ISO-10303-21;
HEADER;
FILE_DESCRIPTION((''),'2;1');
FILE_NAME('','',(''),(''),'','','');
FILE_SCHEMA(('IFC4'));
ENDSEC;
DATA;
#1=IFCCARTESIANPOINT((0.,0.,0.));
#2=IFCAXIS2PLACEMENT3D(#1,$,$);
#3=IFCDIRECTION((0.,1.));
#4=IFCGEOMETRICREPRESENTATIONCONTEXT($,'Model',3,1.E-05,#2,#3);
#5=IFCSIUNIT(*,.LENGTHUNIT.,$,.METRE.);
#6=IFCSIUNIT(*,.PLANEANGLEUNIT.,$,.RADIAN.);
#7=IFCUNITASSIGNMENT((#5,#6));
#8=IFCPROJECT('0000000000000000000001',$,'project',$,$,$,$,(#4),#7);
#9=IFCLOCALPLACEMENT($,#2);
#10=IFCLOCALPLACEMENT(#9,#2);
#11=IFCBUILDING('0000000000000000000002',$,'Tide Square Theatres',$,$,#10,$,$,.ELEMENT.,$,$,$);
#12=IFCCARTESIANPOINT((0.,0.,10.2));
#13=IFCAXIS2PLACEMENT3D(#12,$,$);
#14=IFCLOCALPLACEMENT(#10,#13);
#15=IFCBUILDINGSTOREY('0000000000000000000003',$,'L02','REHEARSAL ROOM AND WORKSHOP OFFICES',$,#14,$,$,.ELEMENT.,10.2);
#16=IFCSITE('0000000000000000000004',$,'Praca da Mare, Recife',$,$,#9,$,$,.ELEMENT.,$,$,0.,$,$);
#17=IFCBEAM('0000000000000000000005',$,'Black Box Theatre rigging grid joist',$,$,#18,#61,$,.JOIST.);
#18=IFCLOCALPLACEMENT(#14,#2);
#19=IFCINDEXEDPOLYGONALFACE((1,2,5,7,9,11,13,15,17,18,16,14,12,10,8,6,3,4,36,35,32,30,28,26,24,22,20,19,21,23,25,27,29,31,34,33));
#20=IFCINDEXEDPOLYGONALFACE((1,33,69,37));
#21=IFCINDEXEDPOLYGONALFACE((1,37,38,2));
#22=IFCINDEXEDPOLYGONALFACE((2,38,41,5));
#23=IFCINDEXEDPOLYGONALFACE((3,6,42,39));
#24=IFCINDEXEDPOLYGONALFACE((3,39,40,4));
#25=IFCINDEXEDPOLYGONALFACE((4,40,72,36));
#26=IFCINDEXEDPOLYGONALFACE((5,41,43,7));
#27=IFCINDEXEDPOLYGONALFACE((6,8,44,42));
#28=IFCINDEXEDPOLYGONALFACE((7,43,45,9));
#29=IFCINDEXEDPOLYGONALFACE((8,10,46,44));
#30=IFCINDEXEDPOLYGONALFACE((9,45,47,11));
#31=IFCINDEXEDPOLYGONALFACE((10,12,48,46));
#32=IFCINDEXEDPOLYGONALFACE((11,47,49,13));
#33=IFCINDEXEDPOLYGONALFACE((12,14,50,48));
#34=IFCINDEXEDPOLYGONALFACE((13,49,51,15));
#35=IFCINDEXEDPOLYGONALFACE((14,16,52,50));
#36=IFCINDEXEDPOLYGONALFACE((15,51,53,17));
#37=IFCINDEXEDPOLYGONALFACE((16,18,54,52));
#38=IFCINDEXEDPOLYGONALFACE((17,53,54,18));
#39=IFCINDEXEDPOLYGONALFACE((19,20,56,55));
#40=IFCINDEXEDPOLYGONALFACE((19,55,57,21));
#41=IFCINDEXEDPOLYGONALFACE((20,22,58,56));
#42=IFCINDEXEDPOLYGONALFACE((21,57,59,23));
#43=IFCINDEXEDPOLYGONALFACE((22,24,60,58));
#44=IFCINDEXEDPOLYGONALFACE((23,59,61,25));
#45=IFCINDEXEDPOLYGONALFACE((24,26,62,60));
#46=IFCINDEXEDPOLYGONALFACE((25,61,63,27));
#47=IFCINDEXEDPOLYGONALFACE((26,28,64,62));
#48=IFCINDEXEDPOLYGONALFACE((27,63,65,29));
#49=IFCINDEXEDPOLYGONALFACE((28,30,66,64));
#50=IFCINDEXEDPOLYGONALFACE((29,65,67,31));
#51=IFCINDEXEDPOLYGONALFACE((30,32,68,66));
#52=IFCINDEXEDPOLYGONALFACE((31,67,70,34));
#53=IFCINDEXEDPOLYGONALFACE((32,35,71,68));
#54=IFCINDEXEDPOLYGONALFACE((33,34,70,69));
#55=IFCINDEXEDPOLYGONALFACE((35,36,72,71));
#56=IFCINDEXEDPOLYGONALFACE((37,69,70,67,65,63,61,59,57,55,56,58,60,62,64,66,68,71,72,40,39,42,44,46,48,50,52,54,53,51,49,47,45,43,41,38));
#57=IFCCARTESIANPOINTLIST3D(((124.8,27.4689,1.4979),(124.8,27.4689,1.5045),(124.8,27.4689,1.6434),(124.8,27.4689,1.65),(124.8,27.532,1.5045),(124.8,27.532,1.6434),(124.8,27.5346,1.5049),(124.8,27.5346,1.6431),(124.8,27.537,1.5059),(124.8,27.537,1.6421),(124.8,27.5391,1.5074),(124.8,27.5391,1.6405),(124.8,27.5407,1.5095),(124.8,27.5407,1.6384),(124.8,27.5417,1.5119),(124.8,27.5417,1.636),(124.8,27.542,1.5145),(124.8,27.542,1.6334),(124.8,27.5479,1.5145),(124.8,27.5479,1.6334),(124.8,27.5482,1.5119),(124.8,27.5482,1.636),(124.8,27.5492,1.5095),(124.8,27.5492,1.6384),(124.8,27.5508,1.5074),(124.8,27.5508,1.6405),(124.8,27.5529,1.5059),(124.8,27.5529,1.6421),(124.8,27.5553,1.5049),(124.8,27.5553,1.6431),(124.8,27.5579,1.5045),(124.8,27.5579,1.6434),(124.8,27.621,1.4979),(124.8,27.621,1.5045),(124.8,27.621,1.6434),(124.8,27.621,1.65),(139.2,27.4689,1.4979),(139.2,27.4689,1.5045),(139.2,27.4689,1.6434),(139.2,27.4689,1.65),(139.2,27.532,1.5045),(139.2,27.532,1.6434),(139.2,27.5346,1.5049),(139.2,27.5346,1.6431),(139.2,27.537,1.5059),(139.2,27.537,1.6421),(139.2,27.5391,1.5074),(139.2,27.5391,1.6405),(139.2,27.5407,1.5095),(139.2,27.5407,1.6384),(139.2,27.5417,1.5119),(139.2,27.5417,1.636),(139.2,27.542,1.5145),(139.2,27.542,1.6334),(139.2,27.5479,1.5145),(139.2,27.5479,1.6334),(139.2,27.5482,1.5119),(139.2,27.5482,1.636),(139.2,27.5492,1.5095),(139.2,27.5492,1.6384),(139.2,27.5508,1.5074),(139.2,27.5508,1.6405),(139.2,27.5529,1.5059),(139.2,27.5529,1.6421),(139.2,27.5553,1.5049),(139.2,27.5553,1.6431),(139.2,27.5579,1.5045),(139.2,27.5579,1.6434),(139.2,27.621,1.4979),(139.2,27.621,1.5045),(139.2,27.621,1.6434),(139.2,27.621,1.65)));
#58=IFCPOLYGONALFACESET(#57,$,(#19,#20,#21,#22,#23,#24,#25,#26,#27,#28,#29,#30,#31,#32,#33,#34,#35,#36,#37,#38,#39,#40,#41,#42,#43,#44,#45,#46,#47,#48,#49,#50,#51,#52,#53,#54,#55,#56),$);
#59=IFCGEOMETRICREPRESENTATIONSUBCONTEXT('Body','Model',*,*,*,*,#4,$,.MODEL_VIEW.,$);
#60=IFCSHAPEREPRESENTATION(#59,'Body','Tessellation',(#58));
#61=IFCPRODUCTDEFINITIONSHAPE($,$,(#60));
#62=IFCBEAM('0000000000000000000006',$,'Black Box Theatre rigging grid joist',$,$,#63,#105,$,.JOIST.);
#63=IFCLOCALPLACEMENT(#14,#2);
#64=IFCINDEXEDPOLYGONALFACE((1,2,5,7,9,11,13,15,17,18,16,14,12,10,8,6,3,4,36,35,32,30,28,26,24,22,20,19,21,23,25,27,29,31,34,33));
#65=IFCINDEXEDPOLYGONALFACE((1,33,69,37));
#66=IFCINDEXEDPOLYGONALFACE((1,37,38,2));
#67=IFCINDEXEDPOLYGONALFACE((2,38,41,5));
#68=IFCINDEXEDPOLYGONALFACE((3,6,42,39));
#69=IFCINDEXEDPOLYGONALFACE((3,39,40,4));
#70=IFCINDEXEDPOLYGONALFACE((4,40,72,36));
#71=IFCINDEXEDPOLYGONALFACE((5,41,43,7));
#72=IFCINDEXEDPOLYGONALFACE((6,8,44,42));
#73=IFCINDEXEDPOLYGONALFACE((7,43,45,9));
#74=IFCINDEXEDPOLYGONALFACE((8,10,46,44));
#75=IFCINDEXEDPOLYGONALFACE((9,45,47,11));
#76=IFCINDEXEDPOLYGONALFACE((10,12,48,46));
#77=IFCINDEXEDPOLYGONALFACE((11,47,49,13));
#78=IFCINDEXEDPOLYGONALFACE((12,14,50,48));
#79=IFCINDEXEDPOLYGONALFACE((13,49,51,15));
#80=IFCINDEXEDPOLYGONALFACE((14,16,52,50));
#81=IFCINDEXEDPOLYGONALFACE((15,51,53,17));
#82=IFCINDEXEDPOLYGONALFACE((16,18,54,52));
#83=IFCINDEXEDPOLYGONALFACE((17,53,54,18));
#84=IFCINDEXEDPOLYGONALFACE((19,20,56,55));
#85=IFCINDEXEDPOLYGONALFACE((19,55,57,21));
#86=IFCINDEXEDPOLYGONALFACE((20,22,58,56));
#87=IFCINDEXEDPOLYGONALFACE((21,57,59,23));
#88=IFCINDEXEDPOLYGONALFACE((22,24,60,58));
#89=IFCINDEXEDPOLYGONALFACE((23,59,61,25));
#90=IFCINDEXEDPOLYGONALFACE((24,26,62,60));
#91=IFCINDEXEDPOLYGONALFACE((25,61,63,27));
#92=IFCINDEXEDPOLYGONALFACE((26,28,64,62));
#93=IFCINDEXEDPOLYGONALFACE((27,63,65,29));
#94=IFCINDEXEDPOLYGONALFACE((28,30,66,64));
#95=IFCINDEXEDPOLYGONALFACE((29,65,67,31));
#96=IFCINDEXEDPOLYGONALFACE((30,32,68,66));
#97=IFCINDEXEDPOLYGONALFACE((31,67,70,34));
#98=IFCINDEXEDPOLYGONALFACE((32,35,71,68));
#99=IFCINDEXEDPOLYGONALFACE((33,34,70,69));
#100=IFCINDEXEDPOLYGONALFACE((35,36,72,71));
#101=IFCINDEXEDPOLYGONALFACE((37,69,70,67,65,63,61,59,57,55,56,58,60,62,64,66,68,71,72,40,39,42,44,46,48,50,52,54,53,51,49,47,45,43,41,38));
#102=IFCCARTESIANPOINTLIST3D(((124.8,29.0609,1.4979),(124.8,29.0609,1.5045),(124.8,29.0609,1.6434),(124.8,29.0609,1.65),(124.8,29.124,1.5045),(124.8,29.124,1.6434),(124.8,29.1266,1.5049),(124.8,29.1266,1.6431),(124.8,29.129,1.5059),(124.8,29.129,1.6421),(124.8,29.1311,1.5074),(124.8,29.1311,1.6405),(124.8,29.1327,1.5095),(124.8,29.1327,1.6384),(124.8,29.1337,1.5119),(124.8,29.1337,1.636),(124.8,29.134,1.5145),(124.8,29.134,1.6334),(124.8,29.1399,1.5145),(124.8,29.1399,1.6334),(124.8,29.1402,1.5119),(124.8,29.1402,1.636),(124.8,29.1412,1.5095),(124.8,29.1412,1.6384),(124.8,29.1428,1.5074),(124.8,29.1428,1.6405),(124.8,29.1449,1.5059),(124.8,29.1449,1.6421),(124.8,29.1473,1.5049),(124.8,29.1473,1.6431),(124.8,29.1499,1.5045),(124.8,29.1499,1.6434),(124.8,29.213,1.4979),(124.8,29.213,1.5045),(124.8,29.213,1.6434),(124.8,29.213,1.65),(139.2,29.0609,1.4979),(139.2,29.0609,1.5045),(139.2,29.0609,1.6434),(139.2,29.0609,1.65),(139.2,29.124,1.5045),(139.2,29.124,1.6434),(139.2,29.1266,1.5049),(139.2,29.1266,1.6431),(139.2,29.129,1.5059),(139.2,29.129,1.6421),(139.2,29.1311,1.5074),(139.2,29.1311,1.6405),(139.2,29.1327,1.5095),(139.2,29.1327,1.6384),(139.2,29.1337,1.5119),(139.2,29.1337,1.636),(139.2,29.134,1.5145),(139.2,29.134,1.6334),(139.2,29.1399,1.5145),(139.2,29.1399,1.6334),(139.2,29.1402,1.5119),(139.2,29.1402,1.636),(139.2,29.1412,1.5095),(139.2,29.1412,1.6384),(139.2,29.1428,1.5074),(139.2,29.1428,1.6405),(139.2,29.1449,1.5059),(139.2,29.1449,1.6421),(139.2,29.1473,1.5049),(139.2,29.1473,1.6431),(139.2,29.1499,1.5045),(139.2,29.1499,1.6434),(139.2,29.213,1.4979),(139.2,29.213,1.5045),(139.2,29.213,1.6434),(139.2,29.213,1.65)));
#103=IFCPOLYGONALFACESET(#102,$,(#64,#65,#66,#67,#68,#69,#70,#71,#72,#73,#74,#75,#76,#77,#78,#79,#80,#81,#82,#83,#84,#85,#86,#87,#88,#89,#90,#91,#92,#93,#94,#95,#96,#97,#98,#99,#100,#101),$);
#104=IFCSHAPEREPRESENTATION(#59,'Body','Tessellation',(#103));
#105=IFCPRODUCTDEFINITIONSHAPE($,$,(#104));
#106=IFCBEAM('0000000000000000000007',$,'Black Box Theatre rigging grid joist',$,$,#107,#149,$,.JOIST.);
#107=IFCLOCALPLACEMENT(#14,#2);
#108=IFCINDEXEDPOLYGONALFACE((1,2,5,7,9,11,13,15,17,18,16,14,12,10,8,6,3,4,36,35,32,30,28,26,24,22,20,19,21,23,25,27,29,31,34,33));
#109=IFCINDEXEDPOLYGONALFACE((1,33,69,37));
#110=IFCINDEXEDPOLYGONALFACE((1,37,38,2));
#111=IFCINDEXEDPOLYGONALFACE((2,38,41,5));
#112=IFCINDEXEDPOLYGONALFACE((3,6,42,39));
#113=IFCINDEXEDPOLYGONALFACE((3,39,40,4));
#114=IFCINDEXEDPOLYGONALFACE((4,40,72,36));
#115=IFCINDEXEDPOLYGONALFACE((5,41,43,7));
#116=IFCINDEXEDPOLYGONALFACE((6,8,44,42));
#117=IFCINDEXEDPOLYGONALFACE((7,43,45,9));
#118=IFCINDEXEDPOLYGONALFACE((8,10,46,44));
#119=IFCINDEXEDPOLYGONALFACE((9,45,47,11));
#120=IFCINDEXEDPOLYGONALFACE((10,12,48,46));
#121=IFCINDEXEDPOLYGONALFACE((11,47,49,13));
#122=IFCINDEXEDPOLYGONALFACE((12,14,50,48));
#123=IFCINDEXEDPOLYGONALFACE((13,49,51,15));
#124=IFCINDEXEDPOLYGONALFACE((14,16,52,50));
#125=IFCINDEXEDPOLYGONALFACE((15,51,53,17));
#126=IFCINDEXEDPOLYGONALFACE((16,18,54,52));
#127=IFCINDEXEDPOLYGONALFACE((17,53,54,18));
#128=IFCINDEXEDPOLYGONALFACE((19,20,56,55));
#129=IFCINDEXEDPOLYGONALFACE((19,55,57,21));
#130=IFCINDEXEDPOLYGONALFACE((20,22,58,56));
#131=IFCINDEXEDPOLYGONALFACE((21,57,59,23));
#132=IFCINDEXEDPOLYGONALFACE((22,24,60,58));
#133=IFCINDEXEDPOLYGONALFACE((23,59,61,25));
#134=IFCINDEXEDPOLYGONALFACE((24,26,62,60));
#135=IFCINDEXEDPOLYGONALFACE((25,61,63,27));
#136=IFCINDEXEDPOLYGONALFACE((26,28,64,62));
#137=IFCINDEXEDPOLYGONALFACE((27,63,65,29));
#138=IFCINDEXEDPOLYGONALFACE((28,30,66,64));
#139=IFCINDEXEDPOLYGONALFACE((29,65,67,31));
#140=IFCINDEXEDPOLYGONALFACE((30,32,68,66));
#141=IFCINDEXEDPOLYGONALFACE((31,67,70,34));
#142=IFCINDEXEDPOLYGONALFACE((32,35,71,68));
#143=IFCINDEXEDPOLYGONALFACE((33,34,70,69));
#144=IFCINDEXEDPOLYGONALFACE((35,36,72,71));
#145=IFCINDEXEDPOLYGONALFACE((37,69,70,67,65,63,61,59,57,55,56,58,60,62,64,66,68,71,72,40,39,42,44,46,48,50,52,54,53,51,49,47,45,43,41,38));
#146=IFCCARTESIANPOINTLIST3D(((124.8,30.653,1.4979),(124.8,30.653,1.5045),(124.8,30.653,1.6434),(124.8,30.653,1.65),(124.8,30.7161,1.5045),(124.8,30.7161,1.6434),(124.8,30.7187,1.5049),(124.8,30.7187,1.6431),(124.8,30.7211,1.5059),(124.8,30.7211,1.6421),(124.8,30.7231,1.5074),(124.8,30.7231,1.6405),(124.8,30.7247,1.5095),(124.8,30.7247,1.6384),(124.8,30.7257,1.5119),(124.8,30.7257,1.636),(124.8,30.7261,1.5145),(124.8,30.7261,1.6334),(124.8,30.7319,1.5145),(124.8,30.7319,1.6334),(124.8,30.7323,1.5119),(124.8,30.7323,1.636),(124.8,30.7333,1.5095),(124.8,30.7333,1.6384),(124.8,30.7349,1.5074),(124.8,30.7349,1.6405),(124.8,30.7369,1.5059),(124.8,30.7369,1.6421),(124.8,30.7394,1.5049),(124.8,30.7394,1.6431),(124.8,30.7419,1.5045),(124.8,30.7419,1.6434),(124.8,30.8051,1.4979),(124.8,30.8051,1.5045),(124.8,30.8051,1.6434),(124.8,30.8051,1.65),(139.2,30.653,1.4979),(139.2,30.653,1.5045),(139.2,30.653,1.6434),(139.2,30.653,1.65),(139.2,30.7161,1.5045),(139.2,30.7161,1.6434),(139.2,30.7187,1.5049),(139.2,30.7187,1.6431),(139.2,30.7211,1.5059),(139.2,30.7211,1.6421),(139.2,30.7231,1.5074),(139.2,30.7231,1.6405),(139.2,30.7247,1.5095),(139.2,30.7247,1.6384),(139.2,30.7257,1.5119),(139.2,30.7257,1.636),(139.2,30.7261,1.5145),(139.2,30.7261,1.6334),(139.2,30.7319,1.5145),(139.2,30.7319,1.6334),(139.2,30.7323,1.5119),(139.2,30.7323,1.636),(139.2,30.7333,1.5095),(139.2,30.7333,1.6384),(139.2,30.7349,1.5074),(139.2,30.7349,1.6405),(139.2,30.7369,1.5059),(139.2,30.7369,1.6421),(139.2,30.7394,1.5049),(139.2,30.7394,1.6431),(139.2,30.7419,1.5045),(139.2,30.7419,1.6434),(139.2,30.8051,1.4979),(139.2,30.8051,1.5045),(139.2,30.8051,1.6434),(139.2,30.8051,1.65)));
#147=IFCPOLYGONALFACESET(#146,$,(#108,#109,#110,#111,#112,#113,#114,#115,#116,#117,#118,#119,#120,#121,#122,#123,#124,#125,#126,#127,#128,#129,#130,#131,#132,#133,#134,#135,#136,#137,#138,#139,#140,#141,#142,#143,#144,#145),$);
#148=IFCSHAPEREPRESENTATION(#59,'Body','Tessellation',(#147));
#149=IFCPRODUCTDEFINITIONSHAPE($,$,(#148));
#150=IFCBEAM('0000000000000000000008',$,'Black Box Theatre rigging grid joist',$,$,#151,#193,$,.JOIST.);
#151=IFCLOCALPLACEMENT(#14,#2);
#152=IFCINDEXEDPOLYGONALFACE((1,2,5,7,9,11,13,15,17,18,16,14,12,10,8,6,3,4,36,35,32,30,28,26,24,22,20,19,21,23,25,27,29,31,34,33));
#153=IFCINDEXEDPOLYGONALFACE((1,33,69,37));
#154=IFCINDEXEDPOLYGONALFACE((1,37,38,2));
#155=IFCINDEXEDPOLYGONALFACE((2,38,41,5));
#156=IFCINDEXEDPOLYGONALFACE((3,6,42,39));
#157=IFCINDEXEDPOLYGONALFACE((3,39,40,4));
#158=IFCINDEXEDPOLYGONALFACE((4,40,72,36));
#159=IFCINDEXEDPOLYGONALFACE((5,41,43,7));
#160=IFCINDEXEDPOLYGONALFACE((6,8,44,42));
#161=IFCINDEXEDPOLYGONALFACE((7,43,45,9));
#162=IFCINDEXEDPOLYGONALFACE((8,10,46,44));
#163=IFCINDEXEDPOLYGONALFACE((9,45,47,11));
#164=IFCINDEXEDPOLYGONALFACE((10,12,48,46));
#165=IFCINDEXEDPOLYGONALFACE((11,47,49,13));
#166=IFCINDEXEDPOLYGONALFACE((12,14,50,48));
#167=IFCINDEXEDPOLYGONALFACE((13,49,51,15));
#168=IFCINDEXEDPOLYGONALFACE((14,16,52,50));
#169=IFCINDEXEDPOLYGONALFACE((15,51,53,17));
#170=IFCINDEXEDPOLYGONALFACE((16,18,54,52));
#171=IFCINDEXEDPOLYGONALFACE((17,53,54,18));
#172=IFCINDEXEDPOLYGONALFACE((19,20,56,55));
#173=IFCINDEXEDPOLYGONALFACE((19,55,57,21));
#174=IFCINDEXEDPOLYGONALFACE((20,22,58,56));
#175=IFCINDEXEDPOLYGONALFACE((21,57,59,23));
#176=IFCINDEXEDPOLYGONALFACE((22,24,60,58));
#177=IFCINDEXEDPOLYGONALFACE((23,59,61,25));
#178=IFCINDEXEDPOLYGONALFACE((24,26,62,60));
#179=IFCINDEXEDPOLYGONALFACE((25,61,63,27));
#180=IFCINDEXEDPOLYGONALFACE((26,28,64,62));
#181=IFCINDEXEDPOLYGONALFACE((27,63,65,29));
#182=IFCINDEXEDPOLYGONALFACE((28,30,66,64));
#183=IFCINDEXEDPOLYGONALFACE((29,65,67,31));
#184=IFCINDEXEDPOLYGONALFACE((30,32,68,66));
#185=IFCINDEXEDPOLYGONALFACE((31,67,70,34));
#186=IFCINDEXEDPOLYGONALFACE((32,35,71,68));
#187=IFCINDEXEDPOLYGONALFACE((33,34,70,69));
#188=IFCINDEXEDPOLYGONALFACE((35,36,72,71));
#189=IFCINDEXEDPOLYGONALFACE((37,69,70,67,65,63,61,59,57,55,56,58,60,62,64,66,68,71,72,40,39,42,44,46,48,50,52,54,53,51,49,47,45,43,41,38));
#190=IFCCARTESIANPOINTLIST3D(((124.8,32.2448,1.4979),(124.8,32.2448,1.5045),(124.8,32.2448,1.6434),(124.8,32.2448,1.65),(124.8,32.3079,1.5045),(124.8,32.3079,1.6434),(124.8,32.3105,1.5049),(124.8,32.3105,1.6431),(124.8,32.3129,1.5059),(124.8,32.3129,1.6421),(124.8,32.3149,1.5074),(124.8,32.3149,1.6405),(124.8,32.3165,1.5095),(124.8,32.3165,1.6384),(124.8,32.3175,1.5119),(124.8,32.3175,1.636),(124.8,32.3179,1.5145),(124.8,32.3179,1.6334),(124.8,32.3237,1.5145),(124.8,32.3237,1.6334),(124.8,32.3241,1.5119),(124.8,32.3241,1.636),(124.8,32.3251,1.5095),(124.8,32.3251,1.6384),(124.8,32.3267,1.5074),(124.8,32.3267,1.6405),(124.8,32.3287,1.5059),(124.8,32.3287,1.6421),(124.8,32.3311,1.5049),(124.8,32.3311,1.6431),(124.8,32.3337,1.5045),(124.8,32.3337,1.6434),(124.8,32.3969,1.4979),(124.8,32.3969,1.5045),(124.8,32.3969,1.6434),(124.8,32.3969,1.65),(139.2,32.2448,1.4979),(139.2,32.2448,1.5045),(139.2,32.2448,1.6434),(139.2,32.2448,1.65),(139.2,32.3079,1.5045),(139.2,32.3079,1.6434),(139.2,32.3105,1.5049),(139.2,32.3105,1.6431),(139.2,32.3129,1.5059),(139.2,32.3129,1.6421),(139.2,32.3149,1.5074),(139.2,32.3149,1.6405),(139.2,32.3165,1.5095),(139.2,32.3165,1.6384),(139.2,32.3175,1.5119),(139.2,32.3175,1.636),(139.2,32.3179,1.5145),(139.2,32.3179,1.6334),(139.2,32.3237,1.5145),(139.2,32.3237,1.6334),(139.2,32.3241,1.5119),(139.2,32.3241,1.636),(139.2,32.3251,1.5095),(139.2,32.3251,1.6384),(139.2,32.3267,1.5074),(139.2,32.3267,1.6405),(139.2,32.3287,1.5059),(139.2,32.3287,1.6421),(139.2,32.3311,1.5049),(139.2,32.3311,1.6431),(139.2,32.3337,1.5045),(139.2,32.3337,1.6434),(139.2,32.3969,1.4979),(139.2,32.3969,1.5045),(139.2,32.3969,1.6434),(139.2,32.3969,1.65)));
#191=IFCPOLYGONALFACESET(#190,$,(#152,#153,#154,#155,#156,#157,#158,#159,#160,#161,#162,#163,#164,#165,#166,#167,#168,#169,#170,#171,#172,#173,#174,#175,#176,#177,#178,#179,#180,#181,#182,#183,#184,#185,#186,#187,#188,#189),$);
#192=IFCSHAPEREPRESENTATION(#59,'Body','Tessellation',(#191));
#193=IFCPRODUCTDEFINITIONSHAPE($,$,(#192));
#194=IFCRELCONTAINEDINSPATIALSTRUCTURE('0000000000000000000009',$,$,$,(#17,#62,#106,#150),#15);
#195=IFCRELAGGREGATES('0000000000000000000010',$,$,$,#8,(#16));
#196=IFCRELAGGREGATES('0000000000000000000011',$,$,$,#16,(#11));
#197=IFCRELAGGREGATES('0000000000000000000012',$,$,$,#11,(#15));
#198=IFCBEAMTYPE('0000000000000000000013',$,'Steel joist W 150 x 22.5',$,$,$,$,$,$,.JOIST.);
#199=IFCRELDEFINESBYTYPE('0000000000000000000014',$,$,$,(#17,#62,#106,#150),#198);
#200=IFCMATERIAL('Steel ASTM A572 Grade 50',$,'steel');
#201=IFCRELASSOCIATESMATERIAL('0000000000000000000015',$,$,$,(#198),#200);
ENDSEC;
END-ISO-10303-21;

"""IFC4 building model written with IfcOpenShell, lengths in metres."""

from ifc_helpers import new_model, si_unit, direction, frame, origin, origin_2d, place, context, subcontext, project, spatial, i_section, extrude, material, material_profile, profile_set, type_object, element, save


model = new_model("IFC4")

# Units and contexts
model_context = context("Model", 3, precision=1e-05, world=origin(), true_north=direction((0.0, 1.0)))
body_context = subcontext(model_context, "Body", "Model", "MODEL_VIEW")
ifc_project = project(units=[si_unit("LENGTHUNIT", "METRE"), si_unit("PLANEANGLEUNIT", "RADIAN")], contexts=[model_context])

# Site, building, storey
site_placement = place(None, origin())
site = spatial("IfcSite", under=ifc_project, at=site_placement, Name="Praca da Mare, Recife", CompositionType="ELEMENT", RefElevation=0.0)
building_placement = place(site_placement, origin())
building = spatial("IfcBuilding", under=site, at=building_placement, Name="Tide Square Theatres", CompositionType="ELEMENT")
storey_placement = place(building_placement, frame((0.0, 0.0, 10.2)))
storey = spatial("IfcBuildingStorey", under=building, at=storey_placement, Name="L02", Description="REHEARSAL ROOM AND WORKSHOP OFFICES", CompositionType="ELEMENT", Elevation=10.2)

# Beams
ifc_material_1 = material(Name="Steel ASTM A572 Grade 50", Category="steel")
ifc_material_profile_1 = material_profile(ifc_material_1, i_section(OverallWidth=0.1521, OverallDepth=0.1521, WebThickness=0.0059, FlangeThickness=0.0066, FilletRadius=0.01, at=origin_2d()))
ifc_profile_set_1 = profile_set([ifc_material_profile_1], Name="Steel ASTM A572 Grade 50")
beam_type_1 = type_object("IfcBeamType", Name="Steel joist W 150 x 22.5", PredefinedType="JOIST", material=ifc_profile_set_1)
for number, where, z_axis, x_axis, name in (
    (1, (139.2, 27.5449, 1.574), (-1.0, 0.0, 0.0), (0.0, -1.0, 0.0), "Black Box Theatre rigging grid joist"),
    (2, (139.2, 29.137, 1.574), (-1.0, 0.0, 0.0), (0.0, -1.0, 0.0), "Black Box Theatre rigging grid joist"),
    (3, (139.2, 30.729, 1.574), (-1.0, 0.0, 0.0), (0.0, -1.0, 0.0), "Black Box Theatre rigging grid joist"),
    (4, (139.2, 32.3208, 1.574), (-1.0, 0.0, 0.0), (0.0, -1.0, 0.0), "Black Box Theatre rigging grid joist"),
):
    element("IfcBeam", number, at=place(storey_placement, frame(where, z_axis=z_axis, x_axis=x_axis)), inside=storey, type_object=beam_type_1, Name=name, PredefinedType="JOIST", context=body_context, shape_type="SweptSolid", body=[
        extrude(i_section(OverallWidth=0.1521, OverallDepth=0.1521, WebThickness=0.0059, FlangeThickness=0.0066, FilletRadius=0.01, at=origin_2d()), origin(), (0.0, 0.0, 1.0), 14.3999),
    ])

save(model, "model.ifc")
